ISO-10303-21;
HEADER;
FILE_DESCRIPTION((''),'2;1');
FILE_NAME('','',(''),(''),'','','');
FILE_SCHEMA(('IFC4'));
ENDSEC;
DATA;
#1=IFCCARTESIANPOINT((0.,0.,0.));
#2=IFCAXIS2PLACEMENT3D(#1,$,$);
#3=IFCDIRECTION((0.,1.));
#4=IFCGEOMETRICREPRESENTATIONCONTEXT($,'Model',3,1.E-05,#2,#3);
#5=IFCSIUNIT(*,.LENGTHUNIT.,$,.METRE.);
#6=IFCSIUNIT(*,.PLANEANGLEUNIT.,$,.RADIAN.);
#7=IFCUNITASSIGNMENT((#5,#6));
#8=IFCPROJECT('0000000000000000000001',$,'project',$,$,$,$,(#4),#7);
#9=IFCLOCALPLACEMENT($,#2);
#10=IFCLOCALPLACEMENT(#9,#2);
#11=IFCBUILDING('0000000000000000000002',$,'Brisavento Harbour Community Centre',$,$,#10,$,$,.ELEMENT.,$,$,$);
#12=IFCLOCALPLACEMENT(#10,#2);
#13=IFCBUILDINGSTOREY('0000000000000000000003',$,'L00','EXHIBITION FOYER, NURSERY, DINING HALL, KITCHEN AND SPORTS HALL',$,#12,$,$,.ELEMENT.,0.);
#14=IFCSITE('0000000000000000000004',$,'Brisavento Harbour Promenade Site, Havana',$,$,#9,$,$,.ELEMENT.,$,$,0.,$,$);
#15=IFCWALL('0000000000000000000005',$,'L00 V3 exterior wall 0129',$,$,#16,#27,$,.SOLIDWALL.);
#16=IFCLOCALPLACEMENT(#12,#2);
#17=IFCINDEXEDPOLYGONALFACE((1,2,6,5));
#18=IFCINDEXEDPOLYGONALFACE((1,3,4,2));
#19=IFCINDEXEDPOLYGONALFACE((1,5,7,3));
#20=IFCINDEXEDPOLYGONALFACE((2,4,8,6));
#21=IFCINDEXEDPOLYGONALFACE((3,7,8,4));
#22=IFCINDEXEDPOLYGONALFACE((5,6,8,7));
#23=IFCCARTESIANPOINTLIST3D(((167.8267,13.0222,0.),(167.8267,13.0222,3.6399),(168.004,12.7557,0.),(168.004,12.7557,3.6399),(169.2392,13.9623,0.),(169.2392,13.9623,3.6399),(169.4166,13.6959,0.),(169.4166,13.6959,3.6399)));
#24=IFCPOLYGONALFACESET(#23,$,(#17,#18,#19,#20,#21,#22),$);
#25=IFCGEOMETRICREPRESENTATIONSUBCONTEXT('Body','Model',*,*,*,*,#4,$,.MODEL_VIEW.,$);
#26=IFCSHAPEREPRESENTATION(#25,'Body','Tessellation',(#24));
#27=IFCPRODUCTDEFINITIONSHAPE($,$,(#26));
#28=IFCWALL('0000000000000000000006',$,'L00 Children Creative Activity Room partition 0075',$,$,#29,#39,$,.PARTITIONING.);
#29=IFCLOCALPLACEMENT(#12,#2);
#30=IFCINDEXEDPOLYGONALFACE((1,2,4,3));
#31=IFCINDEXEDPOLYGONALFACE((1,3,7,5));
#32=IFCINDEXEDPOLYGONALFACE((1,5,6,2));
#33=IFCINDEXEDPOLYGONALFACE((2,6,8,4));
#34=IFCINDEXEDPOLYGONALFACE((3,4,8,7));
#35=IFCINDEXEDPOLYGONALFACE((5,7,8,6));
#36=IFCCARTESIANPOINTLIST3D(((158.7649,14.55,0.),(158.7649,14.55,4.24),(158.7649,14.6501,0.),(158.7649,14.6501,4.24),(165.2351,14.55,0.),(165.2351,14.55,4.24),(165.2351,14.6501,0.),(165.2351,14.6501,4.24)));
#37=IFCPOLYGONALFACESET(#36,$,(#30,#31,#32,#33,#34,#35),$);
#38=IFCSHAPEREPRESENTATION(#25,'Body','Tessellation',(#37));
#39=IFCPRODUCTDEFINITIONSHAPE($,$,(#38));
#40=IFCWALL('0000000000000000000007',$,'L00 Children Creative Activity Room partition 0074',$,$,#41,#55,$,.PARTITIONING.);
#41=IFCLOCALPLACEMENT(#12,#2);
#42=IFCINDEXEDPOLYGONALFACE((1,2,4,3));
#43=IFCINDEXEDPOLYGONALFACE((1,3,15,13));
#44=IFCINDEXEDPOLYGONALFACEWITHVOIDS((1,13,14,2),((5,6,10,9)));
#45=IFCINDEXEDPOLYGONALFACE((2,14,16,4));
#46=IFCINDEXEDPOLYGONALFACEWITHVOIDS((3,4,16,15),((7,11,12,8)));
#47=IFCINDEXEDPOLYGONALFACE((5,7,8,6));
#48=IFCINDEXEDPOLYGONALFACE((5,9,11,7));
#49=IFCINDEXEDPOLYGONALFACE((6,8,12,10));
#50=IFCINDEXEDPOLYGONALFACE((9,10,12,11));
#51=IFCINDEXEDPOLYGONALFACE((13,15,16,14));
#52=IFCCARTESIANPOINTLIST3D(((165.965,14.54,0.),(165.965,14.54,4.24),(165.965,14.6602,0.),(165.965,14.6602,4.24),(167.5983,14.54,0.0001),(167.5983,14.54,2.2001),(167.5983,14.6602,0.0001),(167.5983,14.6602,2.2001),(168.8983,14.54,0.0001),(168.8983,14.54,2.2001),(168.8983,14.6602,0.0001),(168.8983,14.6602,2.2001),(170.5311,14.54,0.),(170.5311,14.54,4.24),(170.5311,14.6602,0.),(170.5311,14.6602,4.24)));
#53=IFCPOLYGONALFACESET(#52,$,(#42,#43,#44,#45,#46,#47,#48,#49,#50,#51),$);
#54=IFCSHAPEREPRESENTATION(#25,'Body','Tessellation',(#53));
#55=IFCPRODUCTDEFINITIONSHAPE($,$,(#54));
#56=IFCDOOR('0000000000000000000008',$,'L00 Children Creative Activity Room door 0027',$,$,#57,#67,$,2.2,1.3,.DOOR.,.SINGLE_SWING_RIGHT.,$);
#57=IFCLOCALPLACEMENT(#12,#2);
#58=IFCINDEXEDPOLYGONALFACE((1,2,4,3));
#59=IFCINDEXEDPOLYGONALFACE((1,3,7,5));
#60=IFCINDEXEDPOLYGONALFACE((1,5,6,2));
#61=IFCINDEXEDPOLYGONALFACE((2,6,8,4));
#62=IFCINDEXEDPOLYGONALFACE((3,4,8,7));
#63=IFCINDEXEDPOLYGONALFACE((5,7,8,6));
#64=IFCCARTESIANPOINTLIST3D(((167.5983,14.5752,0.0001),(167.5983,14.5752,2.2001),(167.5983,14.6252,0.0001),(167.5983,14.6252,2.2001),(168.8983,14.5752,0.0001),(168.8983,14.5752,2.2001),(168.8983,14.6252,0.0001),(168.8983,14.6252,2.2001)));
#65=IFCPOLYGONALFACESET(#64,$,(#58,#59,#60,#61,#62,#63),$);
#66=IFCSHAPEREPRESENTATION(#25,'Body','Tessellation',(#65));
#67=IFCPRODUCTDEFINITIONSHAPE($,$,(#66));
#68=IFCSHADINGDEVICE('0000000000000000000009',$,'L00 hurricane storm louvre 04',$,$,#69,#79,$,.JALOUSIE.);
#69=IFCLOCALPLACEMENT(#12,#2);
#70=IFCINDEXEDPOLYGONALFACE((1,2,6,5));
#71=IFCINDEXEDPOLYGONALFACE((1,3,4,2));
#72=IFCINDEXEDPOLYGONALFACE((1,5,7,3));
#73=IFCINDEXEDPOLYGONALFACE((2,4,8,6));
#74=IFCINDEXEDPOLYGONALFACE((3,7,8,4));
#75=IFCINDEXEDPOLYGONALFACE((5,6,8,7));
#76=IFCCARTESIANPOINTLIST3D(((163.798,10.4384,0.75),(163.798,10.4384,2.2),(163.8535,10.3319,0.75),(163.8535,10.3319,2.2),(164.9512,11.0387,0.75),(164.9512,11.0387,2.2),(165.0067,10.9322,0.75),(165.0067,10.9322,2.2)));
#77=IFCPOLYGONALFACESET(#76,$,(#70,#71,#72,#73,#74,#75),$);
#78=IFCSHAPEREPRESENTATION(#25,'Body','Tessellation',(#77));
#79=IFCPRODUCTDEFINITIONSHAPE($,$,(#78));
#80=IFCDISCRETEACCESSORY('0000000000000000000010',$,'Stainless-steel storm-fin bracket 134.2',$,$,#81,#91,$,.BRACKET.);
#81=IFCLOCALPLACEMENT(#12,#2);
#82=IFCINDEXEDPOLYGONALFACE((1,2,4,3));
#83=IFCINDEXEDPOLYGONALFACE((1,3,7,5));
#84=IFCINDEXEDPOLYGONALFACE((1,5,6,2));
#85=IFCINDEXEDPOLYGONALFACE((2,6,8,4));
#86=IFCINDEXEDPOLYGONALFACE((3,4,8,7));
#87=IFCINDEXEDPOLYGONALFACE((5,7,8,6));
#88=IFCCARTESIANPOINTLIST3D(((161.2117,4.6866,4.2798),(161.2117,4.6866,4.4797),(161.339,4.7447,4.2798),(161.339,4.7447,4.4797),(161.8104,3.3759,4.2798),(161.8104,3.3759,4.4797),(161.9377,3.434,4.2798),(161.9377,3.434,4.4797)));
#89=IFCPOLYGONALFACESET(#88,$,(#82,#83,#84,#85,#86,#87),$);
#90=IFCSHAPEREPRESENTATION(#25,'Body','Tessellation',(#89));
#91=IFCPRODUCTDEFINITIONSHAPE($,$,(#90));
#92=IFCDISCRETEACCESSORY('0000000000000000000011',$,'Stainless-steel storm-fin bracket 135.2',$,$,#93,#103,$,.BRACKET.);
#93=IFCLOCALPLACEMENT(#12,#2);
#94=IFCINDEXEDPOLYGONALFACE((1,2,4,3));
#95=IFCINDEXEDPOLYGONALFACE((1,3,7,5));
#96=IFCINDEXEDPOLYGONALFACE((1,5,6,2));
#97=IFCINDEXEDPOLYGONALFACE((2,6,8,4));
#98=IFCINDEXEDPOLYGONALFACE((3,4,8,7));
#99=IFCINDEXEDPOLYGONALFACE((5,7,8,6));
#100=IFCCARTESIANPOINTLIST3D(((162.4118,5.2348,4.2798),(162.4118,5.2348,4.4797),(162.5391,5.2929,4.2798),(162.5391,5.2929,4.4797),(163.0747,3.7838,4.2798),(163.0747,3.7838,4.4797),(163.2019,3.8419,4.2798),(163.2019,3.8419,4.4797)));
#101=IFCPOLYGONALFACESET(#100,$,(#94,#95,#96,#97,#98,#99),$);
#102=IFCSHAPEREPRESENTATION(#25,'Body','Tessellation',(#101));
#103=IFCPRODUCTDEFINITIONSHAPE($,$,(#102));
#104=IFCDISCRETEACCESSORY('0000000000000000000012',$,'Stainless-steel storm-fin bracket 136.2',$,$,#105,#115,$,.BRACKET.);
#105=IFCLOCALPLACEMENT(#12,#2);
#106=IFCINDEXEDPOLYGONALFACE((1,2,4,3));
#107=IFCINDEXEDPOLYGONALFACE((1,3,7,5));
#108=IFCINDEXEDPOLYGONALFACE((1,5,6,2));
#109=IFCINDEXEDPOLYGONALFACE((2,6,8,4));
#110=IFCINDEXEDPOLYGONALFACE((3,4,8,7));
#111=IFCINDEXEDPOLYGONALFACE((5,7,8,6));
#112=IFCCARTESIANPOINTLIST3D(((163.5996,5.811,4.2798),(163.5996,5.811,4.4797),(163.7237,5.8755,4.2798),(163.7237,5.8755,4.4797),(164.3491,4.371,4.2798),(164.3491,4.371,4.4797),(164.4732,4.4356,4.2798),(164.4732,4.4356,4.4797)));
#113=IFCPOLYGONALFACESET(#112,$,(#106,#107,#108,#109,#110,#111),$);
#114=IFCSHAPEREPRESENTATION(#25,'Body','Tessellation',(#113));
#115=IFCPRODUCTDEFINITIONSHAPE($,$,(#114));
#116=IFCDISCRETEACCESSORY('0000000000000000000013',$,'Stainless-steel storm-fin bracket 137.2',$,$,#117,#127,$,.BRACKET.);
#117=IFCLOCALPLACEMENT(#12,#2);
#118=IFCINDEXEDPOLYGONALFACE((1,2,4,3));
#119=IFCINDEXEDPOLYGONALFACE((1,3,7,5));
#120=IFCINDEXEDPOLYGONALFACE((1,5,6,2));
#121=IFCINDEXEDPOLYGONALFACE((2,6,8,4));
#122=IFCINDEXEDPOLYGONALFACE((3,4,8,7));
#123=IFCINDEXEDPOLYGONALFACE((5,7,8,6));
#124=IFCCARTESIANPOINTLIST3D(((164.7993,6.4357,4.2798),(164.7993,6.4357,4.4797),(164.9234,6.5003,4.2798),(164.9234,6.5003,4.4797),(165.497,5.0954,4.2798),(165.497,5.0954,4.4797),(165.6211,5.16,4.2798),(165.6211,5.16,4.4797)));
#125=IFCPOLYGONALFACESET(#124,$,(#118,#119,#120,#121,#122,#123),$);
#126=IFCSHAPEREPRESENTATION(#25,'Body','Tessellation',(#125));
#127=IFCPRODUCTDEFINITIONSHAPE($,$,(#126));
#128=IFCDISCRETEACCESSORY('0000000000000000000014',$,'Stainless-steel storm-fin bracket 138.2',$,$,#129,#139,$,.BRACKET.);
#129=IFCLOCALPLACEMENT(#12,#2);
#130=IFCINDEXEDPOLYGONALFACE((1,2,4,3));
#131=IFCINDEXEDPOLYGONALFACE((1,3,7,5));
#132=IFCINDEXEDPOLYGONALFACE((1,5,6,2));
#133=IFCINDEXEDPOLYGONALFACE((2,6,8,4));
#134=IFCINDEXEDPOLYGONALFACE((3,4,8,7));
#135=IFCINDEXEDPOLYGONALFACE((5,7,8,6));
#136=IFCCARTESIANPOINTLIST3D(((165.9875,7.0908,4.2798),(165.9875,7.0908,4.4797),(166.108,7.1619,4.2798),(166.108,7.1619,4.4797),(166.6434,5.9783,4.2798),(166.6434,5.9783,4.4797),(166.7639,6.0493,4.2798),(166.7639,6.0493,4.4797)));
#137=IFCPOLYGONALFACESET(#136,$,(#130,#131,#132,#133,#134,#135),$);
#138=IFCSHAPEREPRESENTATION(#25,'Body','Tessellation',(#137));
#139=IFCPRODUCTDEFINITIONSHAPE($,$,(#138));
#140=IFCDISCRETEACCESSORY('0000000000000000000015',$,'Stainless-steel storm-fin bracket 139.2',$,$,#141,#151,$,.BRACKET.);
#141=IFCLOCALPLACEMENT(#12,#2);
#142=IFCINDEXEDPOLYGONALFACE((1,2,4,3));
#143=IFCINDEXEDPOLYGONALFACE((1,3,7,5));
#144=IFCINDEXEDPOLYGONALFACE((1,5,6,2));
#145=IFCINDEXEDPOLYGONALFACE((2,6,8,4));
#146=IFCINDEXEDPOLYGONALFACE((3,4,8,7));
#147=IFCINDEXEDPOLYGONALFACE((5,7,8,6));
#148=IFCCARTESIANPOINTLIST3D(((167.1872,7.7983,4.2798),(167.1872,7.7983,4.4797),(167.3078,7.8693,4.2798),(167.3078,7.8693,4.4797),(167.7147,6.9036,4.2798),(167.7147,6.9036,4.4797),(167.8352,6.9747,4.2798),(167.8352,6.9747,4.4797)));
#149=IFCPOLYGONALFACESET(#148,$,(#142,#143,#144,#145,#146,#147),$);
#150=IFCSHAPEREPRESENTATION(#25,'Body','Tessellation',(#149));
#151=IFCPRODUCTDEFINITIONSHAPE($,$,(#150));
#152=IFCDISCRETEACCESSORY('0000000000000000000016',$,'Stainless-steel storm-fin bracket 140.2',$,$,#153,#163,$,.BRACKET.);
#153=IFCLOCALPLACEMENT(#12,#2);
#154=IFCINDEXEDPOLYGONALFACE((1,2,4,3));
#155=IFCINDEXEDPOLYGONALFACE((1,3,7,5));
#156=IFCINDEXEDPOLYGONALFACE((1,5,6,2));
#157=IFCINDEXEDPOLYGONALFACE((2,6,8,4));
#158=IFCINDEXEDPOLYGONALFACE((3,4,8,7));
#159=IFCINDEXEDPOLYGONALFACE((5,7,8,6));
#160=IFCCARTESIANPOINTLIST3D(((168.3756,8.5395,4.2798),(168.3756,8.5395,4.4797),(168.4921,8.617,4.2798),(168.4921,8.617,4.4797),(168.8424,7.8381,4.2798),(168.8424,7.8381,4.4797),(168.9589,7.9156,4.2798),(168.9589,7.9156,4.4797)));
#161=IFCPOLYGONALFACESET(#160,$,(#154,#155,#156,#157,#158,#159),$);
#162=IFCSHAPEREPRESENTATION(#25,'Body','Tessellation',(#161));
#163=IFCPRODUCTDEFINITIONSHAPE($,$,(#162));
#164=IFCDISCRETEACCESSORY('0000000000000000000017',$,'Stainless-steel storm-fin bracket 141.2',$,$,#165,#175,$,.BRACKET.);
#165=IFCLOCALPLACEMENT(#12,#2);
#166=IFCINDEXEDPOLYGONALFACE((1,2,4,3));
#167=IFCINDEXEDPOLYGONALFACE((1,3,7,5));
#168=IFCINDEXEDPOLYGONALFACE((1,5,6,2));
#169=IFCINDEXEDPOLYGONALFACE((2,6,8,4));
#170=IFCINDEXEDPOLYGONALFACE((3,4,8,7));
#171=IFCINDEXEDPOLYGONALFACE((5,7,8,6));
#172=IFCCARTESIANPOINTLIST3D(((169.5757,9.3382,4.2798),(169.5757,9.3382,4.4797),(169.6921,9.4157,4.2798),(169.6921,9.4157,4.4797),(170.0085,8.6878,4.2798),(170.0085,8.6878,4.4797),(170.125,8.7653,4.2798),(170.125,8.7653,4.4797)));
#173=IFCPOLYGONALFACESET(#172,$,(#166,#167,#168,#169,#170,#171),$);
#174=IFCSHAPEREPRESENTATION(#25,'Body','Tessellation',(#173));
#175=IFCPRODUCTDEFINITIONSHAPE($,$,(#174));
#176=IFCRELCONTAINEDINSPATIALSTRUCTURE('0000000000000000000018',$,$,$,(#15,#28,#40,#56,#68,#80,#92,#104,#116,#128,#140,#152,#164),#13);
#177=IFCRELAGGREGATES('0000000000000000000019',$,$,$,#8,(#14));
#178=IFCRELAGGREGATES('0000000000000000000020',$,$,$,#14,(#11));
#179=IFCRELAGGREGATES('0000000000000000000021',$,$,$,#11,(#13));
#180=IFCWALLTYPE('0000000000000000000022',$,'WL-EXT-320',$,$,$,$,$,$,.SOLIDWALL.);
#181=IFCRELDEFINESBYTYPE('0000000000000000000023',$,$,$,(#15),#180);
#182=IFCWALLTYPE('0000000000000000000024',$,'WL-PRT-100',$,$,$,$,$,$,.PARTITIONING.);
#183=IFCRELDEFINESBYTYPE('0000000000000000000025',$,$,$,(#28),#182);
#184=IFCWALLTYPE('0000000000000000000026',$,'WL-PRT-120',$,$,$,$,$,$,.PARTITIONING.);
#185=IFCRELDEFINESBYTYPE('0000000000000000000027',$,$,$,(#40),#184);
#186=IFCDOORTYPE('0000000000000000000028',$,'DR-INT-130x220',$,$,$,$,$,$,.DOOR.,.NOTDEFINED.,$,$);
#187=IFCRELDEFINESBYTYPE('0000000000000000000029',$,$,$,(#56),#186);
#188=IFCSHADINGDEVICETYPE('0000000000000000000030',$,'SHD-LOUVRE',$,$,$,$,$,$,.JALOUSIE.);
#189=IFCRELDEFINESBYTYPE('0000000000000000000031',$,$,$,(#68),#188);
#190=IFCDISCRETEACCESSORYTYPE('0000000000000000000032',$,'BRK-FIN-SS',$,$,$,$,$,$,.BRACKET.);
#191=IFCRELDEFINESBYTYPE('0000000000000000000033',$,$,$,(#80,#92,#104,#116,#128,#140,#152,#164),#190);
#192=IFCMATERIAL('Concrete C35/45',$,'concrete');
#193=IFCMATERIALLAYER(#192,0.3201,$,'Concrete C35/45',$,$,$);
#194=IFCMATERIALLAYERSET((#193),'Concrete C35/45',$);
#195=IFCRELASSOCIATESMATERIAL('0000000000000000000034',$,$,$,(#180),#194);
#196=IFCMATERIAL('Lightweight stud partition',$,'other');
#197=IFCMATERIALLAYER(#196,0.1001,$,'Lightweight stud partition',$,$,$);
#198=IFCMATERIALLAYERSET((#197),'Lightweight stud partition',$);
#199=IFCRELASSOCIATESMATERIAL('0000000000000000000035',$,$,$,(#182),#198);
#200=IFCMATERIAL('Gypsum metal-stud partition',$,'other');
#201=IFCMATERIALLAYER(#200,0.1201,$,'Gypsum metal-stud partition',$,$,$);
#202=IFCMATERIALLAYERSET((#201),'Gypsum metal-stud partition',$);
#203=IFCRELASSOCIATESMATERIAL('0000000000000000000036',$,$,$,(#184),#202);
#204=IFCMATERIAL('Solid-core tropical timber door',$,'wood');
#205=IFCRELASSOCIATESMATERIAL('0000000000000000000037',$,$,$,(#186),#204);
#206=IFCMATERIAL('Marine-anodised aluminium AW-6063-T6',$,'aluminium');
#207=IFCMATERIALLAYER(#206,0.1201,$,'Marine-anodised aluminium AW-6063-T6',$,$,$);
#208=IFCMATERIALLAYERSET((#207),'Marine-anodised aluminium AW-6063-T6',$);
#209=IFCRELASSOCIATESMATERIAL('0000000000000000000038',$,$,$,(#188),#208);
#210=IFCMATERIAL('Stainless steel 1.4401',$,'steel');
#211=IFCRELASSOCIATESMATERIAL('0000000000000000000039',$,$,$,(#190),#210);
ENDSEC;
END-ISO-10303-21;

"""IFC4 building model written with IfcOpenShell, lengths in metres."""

from ifc_helpers import new_model, si_unit, direction, frame, frame_2d, origin, origin_2d, place, context, subcontext, project, spatial, rectangle, extrude, material, layer, layer_set, type_object, element, fill, save


model = new_model("IFC4")

# Units and contexts
model_context = context("Model", 3, precision=1e-05, world=origin(), true_north=direction((0.0, 1.0)))
body_context = subcontext(model_context, "Body", "Model", "MODEL_VIEW")
ifc_project = project(units=[si_unit("LENGTHUNIT", "METRE"), si_unit("PLANEANGLEUNIT", "RADIAN")], contexts=[model_context])

# Site, building, storey
site_placement = place(None, origin())
site = spatial("IfcSite", under=ifc_project, at=site_placement, Name="Brisavento Harbour Promenade Site, Havana", CompositionType="ELEMENT", RefElevation=0.0)
building_placement = place(site_placement, origin())
building = spatial("IfcBuilding", under=site, at=building_placement, Name="Brisavento Harbour Community Centre", CompositionType="ELEMENT")
storey_placement = place(building_placement, origin())
storey = spatial("IfcBuildingStorey", under=building, at=storey_placement, Name="L00", Description="EXHIBITION FOYER, NURSERY, DINING HALL, KITCHEN AND SPORTS HALL", CompositionType="ELEMENT", Elevation=0.0)

# Shared definitions
ifc_material_1 = material(Name="Concrete C35/45", Category="concrete")

# Walls
ifc_layer_1 = layer(ifc_material_1, 0.3201, Name="Concrete C35/45")
ifc_layer_set_1 = layer_set([ifc_layer_1], Name="Concrete C35/45")
wall_type_1 = type_object("IfcWallType", Name="WL-EXT-320", PredefinedType="SOLIDWALL", material=ifc_layer_set_1)
wall_1_placement = place(storey_placement, frame((169.3279, 13.8291, 0.0), z_axis=(0.0, 0.0, 1.0), x_axis=(-0.832471, -0.554069, 0.0)))
element("IfcWall", 1, at=wall_1_placement, inside=storey, type_object=wall_type_1, Name="L00 V3 exterior wall 0129", PredefinedType="SOLIDWALL", context=body_context, shape_type="SweptSolid", body=[
    extrude(rectangle(XDim=1.6968, YDim=0.3201, at=frame_2d((0.8484, 0.0))), origin(), (0.0, 0.0, 1.0), 3.6399),
])
ifc_material_2 = material(Name="Lightweight stud partition", Category="other")
ifc_layer_2 = layer(ifc_material_2, 0.1001, Name="Lightweight stud partition")
ifc_layer_set_2 = layer_set([ifc_layer_2], Name="Lightweight stud partition")
wall_type_2 = type_object("IfcWallType", Name="WL-PRT-100", PredefinedType="PARTITIONING", material=ifc_layer_set_2)
wall_2_placement = place(storey_placement, frame((165.2351, 14.6001, 0.0), z_axis=(0.0, 0.0, 1.0), x_axis=(-1.0, 0.0, 0.0)))
element("IfcWall", 2, at=wall_2_placement, inside=storey, type_object=wall_type_2, Name="L00 Children Creative Activity Room partition 0075", PredefinedType="PARTITIONING", context=body_context, shape_type="SweptSolid", body=[
    extrude(rectangle(XDim=6.4702, YDim=0.1001, at=frame_2d((3.2351, 0.0))), origin(), (0.0, 0.0, 1.0), 4.24),
])

# Wall, opening, door
ifc_material_3 = material(Name="Gypsum metal-stud partition", Category="other")
ifc_layer_3 = layer(ifc_material_3, 0.1201, Name="Gypsum metal-stud partition")
ifc_layer_set_3 = layer_set([ifc_layer_3], Name="Gypsum metal-stud partition")
wall_type_3 = type_object("IfcWallType", Name="WL-PRT-120", PredefinedType="PARTITIONING", material=ifc_layer_set_3)
wall_3_placement = place(storey_placement, frame((170.5312, 14.6001, 0.0), z_axis=(0.0, 0.0, 1.0), x_axis=(-1.0, 0.0, 0.0)))
wall_3 = element("IfcWall", 3, at=wall_3_placement, inside=storey, type_object=wall_type_3, Name="L00 Children Creative Activity Room partition 0074", PredefinedType="PARTITIONING", context=body_context, shape_type="SweptSolid", body=[
    extrude(rectangle(XDim=4.5662, YDim=0.1201, at=frame_2d((2.2832, 0.0))), origin(), (0.0, 0.0, 1.0), 4.24),
])
opening_1_placement = place(wall_3_placement, frame((1.6331, 0.0, 0.0)))
opening_1 = element("IfcOpeningElement", 4, at=opening_1_placement, cuts=wall_3, PredefinedType="OPENING", context=body_context, shape_type="SweptSolid", body=[
    extrude(rectangle(XDim=1.3, YDim=2.2, at=frame_2d((0.6499, 1.1001))), frame((0.0, 0.0701, 0.0), z_axis=(0.0, -1.0, 0.0), x_axis=(1.0, 0.0, 0.0)), (0.0, 0.0, 1.0), 0.1401),
])
ifc_material_4 = material(Name="Solid-core tropical timber door", Category="wood")
door_type = type_object("IfcDoorType", Name="DR-INT-130x220", OperationType="NOTDEFINED", PredefinedType="DOOR", material=ifc_material_4)
door_placement = place(opening_1_placement, origin())
door = element("IfcDoor", 5, at=door_placement, inside=storey, type_object=door_type, Name="L00 Children Creative Activity Room door 0027", OperationType="SINGLE_SWING_RIGHT", OverallHeight=2.2, OverallWidth=1.3, PredefinedType="DOOR", context=body_context, shape_type="SweptSolid", body=[
    extrude(rectangle(XDim=1.3, YDim=2.2, at=frame_2d((0.6499, 1.1001))), frame((0.0, 0.0249, 0.0), z_axis=(0.0, -1.0, 0.0), x_axis=(1.0, 0.0, 0.0)), (0.0, 0.0, 1.0), 0.05),
])
fill(opening_1, door)

# Shading device
ifc_material_5 = material(Name="Marine-anodised aluminium AW-6063-T6", Category="aluminium")
ifc_layer_4 = layer(ifc_material_5, 0.1201, Name="Marine-anodised aluminium AW-6063-T6")
ifc_layer_set_4 = layer_set([ifc_layer_4], Name="Marine-anodised aluminium AW-6063-T6")
shading_device_type = type_object("IfcShadingDeviceType", Name="SHD-LOUVRE", PredefinedType="JALOUSIE", material=ifc_layer_set_4)
shading_device_placement = place(storey_placement, frame((164.4023, 10.6853, 0.75), z_axis=(0.0, 0.0, 1.0), x_axis=(-0.887027, -0.461718, 0.0)))
element("IfcShadingDevice", 6, at=shading_device_placement, inside=storey, type_object=shading_device_type, Name="L00 hurricane storm louvre 04", PredefinedType="JALOUSIE", context=body_context, shape_type="SweptSolid", body=[
    extrude(rectangle(XDim=1.3, YDim=0.1201, at=origin_2d()), origin(), (0.0, 0.0, 1.0), 1.45),
])

# Discrete accessories
ifc_material_6 = material(Name="Stainless steel 1.4401", Category="steel")
discrete_accessory_type = type_object("IfcDiscreteAccessoryType", Name="BRK-FIN-SS", PredefinedType="BRACKET", material=ifc_material_6)
discrete_accessory_1_placement = place(storey_placement, frame((161.5747, 4.0603, 4.2798), z_axis=(0.0, 0.0, 1.0), x_axis=(0.415519, -0.909585, 0.0)))
element("IfcDiscreteAccessory", 7, at=discrete_accessory_1_placement, inside=storey, type_object=discrete_accessory_type, Name="Stainless-steel storm-fin bracket 134.2", PredefinedType="BRACKET", context=body_context, shape_type="SweptSolid", body=[
    extrude(rectangle(XDim=1.4409, YDim=0.1399, at=origin_2d()), origin(), (0.0, 0.0, 1.0), 0.2),
])
discrete_accessory_2_placement = place(storey_placement, frame((162.8069, 4.5383, 4.2798), z_axis=(0.0, 0.0, 1.0), x_axis=(0.415519, -0.909585, 0.0)))
element("IfcDiscreteAccessory", 8, at=discrete_accessory_2_placement, inside=storey, type_object=discrete_accessory_type, Name="Stainless-steel storm-fin bracket 135.2", PredefinedType="BRACKET", context=body_context, shape_type="SweptSolid", body=[
    extrude(rectangle(XDim=1.5952, YDim=0.1399, at=origin_2d()), origin(), (0.0, 0.0, 1.0), 0.2),
])
discrete_accessory_3_placement = place(storey_placement, frame((164.0364, 5.1233, 4.2798), z_axis=(0.0, 0.0, 1.0), x_axis=(0.461702, -0.887035, 0.0)))
element("IfcDiscreteAccessory", 9, at=discrete_accessory_3_placement, inside=storey, type_object=discrete_accessory_type, Name="Stainless-steel storm-fin bracket 136.2", PredefinedType="BRACKET", context=body_context, shape_type="SweptSolid", body=[
    extrude(rectangle(XDim=1.6233, YDim=0.1399, at=origin_2d()), origin(), (0.0, 0.0, 1.0), 0.2),
])
discrete_accessory_4_placement = place(storey_placement, frame((165.2102, 5.7979, 4.2798), z_axis=(0.0, 0.0, 1.0), x_axis=(0.461702, -0.887035, 0.0)))
element("IfcDiscreteAccessory", 10, at=discrete_accessory_4_placement, inside=storey, type_object=discrete_accessory_type, Name="Stainless-steel storm-fin bracket 137.2", PredefinedType="BRACKET", context=body_context, shape_type="SweptSolid", body=[
    extrude(rectangle(XDim=1.511, YDim=0.1399, at=origin_2d()), origin(), (0.0, 0.0, 1.0), 0.2),
])
discrete_accessory_5_placement = place(storey_placement, frame((166.3757, 6.5701, 4.2798), z_axis=(0.0, 0.0, 1.0), x_axis=(0.507869, -0.861434, 0.0)))
element("IfcDiscreteAccessory", 11, at=discrete_accessory_5_placement, inside=storey, type_object=discrete_accessory_type, Name="Stainless-steel storm-fin bracket 138.2", PredefinedType="BRACKET", context=body_context, shape_type="SweptSolid", body=[
    extrude(rectangle(XDim=1.2915, YDim=0.1399, at=origin_2d()), origin(), (0.0, 0.0, 1.0), 0.2),
])
discrete_accessory_6_placement = place(storey_placement, frame((167.5112, 7.3865, 4.2798), z_axis=(0.0, 0.0, 1.0), x_axis=(0.507869, -0.861434, 0.0)))
element("IfcDiscreteAccessory", 12, at=discrete_accessory_6_placement, inside=storey, type_object=discrete_accessory_type, Name="Stainless-steel storm-fin bracket 139.2", PredefinedType="BRACKET", context=body_context, shape_type="SweptSolid", body=[
    extrude(rectangle(XDim=1.0386, YDim=0.1399, at=origin_2d()), origin(), (0.0, 0.0, 1.0), 0.2),
])
discrete_accessory_7_placement = place(storey_placement, frame((168.6672, 8.2275, 4.2798), z_axis=(0.0, 0.0, 1.0), x_axis=(0.55406, -0.832477, 0.0)))
element("IfcDiscreteAccessory", 13, at=discrete_accessory_7_placement, inside=storey, type_object=discrete_accessory_type, Name="Stainless-steel storm-fin bracket 140.2", PredefinedType="BRACKET", context=body_context, shape_type="SweptSolid", body=[
    extrude(rectangle(XDim=0.8425, YDim=0.1399, at=origin_2d()), origin(), (0.0, 0.0, 1.0), 0.2),
])
discrete_accessory_8_placement = place(storey_placement, frame((169.8503, 9.0518, 4.2798), z_axis=(0.0, 0.0, 1.0), x_axis=(0.55406, -0.832477, 0.0)))
element("IfcDiscreteAccessory", 14, at=discrete_accessory_8_placement, inside=storey, type_object=discrete_accessory_type, Name="Stainless-steel storm-fin bracket 141.2", PredefinedType="BRACKET", context=body_context, shape_type="SweptSolid", body=[
    extrude(rectangle(XDim=0.7812, YDim=0.1399, at=origin_2d()), origin(), (0.0, 0.0, 1.0), 0.2),
])

save(model, "model.ifc")
